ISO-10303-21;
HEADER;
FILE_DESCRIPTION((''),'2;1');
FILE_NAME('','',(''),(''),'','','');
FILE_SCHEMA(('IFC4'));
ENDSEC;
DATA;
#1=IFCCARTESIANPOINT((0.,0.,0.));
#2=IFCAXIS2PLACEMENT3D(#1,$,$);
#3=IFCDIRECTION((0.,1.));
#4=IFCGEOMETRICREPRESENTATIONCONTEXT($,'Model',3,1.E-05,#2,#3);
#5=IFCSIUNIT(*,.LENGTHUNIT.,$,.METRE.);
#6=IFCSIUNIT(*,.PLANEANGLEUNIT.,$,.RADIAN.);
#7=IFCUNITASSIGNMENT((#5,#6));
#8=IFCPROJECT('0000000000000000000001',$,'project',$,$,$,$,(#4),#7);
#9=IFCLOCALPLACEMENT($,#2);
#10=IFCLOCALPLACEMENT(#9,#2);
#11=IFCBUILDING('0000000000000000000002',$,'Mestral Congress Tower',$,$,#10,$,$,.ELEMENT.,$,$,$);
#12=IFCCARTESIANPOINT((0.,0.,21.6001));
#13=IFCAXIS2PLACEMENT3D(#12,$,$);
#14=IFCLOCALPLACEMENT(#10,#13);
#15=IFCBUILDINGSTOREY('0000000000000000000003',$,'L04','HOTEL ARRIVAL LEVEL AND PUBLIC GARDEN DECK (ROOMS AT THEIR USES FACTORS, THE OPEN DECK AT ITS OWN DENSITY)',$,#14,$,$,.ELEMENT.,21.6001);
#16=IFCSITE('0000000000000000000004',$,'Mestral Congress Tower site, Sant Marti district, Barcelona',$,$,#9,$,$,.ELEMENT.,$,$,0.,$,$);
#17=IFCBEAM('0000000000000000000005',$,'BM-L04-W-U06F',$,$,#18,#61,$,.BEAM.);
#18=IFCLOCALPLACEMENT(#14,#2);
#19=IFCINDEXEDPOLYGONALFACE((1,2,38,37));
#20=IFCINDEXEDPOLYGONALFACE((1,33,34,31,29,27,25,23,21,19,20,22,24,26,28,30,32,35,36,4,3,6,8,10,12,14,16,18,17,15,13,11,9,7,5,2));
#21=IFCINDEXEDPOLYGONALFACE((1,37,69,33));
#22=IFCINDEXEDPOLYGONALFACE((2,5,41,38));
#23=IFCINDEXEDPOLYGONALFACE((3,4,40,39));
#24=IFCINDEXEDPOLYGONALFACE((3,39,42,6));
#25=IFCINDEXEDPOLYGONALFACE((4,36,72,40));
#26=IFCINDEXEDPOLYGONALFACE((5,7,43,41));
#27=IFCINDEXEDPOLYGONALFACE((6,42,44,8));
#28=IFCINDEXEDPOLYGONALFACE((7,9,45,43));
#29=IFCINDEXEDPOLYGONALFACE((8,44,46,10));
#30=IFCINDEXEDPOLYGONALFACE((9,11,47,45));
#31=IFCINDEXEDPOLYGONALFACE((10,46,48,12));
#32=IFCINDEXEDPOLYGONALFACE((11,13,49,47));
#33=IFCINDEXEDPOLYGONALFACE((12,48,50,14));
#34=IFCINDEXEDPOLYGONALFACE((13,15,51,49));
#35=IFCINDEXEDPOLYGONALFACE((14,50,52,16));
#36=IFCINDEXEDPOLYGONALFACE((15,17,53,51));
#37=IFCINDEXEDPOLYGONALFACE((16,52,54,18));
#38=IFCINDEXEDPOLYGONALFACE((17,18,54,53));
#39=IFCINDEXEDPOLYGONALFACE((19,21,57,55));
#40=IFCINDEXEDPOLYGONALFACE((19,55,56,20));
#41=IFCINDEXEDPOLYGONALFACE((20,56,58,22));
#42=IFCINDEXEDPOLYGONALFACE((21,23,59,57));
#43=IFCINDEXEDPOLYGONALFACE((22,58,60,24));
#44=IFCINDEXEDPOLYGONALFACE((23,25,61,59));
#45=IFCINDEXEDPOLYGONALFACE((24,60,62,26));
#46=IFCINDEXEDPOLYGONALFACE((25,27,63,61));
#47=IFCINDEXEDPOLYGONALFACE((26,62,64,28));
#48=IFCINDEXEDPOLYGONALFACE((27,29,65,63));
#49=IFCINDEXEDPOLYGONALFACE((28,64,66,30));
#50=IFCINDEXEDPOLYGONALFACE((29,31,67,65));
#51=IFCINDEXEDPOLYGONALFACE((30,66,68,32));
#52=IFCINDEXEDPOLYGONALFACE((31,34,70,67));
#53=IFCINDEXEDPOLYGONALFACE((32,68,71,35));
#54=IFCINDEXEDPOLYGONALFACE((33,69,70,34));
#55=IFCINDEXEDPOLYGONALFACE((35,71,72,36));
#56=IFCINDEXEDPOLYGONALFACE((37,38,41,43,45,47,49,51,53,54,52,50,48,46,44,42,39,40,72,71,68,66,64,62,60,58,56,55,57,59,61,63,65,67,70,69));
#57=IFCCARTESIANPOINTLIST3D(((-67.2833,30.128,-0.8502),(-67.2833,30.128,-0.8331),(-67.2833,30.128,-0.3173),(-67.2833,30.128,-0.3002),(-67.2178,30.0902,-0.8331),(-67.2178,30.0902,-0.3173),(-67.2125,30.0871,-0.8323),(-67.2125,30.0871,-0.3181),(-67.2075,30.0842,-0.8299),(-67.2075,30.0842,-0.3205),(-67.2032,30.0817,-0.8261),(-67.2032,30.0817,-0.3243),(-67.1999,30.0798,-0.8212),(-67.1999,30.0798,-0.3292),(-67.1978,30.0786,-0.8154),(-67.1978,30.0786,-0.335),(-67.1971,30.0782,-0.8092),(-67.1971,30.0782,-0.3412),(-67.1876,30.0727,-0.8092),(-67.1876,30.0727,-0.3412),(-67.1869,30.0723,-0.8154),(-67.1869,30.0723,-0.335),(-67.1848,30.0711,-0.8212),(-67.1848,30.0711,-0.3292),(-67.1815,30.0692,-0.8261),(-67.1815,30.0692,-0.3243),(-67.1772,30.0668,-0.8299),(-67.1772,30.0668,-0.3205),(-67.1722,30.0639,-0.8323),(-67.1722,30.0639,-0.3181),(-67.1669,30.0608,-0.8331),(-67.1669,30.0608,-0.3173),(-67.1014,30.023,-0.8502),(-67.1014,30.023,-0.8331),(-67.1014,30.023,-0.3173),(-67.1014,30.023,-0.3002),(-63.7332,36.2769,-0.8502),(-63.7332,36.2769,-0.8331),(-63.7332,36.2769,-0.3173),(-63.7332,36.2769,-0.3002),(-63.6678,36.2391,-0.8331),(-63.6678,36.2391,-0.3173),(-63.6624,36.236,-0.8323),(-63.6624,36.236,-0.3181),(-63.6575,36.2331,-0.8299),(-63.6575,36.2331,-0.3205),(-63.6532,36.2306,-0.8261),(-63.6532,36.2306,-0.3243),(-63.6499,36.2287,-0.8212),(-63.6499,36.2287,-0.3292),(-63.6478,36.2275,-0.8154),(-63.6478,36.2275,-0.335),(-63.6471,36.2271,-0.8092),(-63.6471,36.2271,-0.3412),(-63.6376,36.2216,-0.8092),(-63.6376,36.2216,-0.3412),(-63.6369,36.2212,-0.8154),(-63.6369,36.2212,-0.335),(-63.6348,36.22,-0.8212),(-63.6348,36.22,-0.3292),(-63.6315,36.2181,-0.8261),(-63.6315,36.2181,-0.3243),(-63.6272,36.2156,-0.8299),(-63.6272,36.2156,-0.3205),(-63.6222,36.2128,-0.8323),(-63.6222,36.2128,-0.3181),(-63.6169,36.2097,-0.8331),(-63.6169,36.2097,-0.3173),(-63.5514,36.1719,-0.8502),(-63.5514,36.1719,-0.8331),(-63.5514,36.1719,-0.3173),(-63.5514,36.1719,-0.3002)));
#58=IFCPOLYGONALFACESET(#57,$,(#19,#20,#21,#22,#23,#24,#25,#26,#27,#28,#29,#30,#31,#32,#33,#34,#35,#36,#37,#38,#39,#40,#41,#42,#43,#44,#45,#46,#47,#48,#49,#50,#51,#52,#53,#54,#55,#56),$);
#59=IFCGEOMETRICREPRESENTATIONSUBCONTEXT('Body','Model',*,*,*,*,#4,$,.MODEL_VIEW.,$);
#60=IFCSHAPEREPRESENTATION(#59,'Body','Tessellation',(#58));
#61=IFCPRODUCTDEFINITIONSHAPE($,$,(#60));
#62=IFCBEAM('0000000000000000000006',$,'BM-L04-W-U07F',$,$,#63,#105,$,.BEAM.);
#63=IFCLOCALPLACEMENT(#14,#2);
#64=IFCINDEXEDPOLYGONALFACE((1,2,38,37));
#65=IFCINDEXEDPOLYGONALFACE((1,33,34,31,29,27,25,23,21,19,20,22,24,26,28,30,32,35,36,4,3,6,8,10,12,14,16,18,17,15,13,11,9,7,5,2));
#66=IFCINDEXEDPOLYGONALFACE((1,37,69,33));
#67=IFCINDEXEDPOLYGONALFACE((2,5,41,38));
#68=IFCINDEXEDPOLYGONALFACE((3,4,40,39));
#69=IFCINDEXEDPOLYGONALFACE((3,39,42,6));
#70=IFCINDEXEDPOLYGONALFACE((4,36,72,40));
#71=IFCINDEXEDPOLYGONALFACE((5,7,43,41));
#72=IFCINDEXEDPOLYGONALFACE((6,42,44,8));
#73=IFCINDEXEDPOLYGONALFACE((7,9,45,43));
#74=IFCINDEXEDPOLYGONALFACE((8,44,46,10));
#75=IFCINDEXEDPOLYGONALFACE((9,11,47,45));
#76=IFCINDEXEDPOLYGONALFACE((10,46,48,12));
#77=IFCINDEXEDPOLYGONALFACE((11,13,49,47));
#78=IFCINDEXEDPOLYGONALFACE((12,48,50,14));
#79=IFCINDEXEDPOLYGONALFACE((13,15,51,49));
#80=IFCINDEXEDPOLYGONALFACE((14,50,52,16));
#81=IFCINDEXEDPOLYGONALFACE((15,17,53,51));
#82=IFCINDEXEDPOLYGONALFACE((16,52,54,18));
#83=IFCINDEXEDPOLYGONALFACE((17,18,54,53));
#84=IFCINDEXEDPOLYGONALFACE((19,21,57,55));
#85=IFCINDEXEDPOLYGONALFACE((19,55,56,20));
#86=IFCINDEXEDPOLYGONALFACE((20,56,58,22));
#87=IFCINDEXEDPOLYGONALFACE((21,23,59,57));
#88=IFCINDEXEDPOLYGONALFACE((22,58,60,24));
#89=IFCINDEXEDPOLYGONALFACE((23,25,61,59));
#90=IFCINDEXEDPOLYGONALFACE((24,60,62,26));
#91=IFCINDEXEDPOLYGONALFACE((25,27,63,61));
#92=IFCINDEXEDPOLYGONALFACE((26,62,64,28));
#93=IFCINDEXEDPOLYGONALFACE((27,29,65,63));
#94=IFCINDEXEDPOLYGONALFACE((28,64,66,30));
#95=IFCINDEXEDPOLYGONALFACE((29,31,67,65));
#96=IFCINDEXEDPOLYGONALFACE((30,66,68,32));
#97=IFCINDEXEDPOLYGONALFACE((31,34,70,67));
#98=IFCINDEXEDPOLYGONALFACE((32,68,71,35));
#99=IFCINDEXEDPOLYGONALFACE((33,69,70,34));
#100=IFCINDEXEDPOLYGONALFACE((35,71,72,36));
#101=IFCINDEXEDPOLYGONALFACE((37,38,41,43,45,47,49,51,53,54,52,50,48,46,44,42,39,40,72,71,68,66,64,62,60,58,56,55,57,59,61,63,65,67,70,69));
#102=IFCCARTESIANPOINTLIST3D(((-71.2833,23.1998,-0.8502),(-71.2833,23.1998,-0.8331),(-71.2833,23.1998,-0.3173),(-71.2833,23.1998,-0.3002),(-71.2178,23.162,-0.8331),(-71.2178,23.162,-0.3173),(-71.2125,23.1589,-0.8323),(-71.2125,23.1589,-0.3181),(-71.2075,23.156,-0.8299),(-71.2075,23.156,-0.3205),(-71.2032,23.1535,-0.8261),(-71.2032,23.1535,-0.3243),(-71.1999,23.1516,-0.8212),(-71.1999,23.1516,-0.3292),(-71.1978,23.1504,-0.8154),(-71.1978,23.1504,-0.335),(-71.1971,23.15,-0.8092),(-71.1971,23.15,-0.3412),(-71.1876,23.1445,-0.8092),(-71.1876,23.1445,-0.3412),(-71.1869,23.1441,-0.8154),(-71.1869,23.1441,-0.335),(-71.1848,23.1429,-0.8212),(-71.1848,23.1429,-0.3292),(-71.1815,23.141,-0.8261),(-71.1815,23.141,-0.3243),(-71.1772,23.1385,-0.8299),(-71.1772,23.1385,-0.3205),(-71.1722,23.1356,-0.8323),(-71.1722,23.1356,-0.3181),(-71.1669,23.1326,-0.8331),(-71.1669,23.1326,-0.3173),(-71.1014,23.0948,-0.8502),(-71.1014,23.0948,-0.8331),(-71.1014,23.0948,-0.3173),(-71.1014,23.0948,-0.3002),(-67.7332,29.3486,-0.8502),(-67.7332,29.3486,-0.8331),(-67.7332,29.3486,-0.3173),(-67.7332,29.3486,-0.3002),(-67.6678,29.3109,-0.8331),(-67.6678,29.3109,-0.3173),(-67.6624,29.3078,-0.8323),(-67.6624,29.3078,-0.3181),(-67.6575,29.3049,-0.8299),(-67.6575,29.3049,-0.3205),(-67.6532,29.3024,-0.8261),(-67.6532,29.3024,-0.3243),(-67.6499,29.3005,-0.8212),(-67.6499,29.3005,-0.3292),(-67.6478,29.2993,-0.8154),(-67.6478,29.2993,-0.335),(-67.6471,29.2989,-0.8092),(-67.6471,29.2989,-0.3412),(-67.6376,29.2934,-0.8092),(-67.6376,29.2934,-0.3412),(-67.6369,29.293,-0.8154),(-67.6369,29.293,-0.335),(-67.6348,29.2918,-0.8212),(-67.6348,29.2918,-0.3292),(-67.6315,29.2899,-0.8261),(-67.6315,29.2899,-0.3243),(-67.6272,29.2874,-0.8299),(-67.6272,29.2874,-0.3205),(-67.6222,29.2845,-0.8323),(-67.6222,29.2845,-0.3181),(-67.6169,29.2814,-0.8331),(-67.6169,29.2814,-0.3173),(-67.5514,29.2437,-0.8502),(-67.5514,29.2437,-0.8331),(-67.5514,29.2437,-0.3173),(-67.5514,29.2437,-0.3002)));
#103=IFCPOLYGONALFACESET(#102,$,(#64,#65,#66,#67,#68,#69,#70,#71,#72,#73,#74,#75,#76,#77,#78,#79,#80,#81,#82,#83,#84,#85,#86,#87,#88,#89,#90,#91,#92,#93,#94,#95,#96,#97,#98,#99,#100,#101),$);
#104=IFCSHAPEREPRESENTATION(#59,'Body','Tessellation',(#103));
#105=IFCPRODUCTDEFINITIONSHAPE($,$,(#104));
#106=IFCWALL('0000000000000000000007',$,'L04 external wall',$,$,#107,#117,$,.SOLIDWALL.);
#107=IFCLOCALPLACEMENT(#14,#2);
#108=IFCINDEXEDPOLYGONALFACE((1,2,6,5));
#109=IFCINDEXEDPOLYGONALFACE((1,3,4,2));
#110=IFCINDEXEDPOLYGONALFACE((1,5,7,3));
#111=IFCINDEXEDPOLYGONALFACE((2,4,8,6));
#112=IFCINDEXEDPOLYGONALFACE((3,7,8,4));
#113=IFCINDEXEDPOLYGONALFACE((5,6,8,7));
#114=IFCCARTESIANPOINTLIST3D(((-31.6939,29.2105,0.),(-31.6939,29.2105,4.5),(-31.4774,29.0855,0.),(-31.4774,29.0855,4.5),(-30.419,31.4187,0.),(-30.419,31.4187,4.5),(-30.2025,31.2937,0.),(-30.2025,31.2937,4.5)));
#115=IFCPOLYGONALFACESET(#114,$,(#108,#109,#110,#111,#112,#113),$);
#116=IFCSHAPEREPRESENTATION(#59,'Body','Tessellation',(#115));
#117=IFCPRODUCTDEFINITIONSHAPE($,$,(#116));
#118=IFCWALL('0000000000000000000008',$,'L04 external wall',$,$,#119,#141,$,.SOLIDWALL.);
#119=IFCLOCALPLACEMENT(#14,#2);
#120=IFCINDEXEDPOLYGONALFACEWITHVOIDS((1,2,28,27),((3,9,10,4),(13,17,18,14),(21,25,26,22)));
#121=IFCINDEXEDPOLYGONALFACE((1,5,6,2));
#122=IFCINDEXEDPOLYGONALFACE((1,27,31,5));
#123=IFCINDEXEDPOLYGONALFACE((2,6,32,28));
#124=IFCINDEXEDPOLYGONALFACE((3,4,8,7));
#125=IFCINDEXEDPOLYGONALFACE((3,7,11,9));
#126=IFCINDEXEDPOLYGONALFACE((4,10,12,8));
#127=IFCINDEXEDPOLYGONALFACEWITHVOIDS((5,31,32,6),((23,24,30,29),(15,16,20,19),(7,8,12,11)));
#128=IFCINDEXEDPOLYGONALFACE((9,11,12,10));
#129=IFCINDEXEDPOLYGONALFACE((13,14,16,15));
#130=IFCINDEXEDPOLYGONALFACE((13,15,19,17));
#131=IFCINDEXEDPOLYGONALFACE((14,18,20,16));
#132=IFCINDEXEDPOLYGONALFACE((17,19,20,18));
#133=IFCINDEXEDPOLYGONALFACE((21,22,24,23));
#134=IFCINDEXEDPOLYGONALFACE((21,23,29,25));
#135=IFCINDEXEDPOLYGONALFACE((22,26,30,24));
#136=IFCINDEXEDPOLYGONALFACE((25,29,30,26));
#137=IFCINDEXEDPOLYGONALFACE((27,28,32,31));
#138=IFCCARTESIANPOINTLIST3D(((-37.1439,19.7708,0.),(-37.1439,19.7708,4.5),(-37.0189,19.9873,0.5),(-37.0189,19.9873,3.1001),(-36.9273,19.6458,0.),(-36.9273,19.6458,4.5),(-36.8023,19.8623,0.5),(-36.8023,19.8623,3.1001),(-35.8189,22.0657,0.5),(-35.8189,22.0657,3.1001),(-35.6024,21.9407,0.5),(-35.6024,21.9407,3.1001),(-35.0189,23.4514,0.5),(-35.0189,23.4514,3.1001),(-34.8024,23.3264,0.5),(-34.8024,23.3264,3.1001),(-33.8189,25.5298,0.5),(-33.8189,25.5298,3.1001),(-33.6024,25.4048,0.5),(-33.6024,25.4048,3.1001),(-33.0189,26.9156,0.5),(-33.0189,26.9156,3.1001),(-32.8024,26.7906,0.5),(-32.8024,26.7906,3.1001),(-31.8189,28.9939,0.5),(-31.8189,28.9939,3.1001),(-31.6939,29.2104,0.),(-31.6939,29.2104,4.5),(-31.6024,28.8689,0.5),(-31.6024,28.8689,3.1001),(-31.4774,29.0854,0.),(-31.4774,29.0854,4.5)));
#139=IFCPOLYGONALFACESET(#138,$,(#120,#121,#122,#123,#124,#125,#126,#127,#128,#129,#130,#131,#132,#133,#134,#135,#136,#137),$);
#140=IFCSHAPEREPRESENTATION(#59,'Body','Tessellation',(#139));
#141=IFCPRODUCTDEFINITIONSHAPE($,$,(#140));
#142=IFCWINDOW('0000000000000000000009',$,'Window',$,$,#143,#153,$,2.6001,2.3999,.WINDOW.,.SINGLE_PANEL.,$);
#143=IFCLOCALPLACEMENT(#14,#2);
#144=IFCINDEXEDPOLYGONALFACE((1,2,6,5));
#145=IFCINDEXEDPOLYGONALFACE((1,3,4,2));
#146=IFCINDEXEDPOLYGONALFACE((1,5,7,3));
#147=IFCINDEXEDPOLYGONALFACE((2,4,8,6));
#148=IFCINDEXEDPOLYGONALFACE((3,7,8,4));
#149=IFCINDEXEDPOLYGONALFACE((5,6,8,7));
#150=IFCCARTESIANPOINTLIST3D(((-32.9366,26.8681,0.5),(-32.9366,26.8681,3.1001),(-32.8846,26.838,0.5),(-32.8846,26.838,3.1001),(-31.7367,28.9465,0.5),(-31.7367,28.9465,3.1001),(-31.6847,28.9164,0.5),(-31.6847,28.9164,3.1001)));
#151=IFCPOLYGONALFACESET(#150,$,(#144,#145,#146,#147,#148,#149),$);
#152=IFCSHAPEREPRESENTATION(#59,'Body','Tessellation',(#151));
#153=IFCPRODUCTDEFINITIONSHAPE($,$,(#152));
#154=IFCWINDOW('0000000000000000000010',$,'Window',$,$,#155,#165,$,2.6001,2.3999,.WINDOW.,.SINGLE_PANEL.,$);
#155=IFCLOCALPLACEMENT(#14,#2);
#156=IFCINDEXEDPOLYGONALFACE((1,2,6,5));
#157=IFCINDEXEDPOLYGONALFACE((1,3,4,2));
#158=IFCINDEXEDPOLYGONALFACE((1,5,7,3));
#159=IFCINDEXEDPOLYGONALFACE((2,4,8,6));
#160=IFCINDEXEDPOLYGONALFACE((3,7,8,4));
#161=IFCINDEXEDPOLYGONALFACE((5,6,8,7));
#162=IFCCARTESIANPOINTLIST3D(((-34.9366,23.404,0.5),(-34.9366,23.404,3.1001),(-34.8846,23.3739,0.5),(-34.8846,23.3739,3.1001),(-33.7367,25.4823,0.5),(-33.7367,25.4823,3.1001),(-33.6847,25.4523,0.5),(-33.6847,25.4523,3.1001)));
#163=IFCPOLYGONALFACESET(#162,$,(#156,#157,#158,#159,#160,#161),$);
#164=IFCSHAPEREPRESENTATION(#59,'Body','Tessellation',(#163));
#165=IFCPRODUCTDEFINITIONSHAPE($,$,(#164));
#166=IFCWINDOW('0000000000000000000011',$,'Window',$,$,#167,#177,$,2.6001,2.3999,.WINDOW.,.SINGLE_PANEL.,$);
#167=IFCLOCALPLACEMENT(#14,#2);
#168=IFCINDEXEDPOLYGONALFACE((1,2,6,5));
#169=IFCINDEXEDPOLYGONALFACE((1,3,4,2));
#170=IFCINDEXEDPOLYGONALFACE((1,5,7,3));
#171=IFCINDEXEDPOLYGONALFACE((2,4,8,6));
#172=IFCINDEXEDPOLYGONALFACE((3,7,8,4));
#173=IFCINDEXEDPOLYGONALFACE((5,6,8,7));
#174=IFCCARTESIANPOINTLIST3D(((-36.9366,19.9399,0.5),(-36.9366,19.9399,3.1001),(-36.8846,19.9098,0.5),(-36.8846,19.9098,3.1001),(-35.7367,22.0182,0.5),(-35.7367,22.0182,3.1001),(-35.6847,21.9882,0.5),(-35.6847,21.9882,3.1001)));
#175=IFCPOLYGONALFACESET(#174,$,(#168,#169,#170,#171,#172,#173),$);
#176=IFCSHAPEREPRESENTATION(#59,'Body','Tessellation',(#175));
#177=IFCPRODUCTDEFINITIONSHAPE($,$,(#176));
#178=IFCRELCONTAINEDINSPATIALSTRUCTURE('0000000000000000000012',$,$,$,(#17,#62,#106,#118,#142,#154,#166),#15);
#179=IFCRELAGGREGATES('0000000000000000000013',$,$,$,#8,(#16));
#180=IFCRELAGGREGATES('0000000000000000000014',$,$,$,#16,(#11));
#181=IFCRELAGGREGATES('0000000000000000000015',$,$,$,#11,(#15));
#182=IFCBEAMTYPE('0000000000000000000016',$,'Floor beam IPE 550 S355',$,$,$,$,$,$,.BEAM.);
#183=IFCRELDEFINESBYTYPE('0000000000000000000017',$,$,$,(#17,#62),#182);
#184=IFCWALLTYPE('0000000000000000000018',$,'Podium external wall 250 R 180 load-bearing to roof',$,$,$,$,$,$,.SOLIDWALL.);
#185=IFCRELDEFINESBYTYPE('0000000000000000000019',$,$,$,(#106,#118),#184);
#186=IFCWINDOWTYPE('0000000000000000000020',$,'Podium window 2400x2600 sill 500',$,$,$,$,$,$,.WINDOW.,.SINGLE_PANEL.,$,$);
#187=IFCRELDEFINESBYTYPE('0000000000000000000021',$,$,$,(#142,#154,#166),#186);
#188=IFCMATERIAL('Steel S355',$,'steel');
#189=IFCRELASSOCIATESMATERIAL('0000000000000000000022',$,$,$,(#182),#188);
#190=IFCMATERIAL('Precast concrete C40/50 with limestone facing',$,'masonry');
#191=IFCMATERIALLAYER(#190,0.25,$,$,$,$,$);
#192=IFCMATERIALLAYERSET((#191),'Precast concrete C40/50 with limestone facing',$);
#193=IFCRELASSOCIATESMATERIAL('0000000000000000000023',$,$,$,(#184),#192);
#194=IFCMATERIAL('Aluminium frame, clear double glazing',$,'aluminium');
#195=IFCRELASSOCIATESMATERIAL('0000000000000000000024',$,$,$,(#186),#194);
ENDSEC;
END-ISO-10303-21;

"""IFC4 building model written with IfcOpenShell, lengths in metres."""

from ifc_helpers import new_model, si_unit, direction, frame, frame_2d, origin, origin_2d, place, context, subcontext, project, spatial, rectangle, i_section, extrude, material, layer, layer_set, material_profile, profile_set, type_object, element, fill, save


model = new_model("IFC4")

# Units and contexts
model_context = context("Model", 3, precision=1e-05, world=origin(), true_north=direction((0.0, 1.0)))
body_context = subcontext(model_context, "Body", "Model", "MODEL_VIEW")
ifc_project = project(units=[si_unit("LENGTHUNIT", "METRE"), si_unit("PLANEANGLEUNIT", "RADIAN")], contexts=[model_context])

# Site, building, storey
site_placement = place(None, origin())
site = spatial("IfcSite", under=ifc_project, at=site_placement, Name="Mestral Congress Tower site, Sant Marti district, Barcelona", CompositionType="ELEMENT", RefElevation=0.0)
building_placement = place(site_placement, origin())
building = spatial("IfcBuilding", under=site, at=building_placement, Name="Mestral Congress Tower", CompositionType="ELEMENT")
storey_placement = place(building_placement, frame((0.0, 0.0, 21.6001)))
storey = spatial("IfcBuildingStorey", under=building, at=storey_placement, Name="L04", Description="HOTEL ARRIVAL LEVEL AND PUBLIC GARDEN DECK (ROOMS AT THEIR USES FACTORS, THE OPEN DECK AT ITS OWN DENSITY)", CompositionType="ELEMENT", Elevation=21.6001)

# Beams
ifc_material_1 = material(Name="Steel S355", Category="steel")
ifc_material_profile = material_profile(ifc_material_1, i_section(OverallWidth=0.21, OverallDepth=0.55, WebThickness=0.011, FlangeThickness=0.0171, FilletRadius=0.0239, at=origin_2d()), Name="IPE 550")
ifc_profile_set = profile_set([ifc_material_profile], Name="Steel S355")
beam_type = type_object("IfcBeamType", Name="Floor beam IPE 550 S355", PredefinedType="BEAM", material=ifc_profile_set)
for number, where, z_axis, x_axis, name in (
    (1, (-63.6423, 36.2244, -0.5752), (-0.499996, -0.866028, 0.0), (0.866028, -0.499996, 0.0), "BM-L04-W-U06F"),
    (2, (-67.6423, 29.2961, -0.5752), (-0.499996, -0.866028, 0.0), (0.866028, -0.499996, 0.0), "BM-L04-W-U07F"),
):
    element("IfcBeam", number, at=place(storey_placement, frame(where, z_axis=z_axis, x_axis=x_axis)), inside=storey, type_object=beam_type, Name=name, PredefinedType="BEAM", context=body_context, shape_type="SweptSolid", body=[
        extrude(i_section(OverallWidth=0.21, OverallDepth=0.55, WebThickness=0.011, FlangeThickness=0.0171, FilletRadius=0.0239, at=origin_2d()), origin(), (0.0, 0.0, 1.0), 7.1001),
    ])

# Wall
ifc_material_2 = material(Name="Precast concrete C40/50 with limestone facing", Category="masonry")
ifc_layer_1 = layer(ifc_material_2, 0.25)
ifc_layer_set_1 = layer_set([ifc_layer_1], Name="Precast concrete C40/50 with limestone facing")
wall_type_1 = type_object("IfcWallType", Name="Podium external wall 250 R 180 load-bearing to roof", PredefinedType="SOLIDWALL", material=ifc_layer_set_1)
wall_1_placement = place(storey_placement, frame((-30.3108, 31.3562, 0.0), z_axis=(0.0, 0.0, 1.0), x_axis=(-0.49999, -0.866031, 0.0)))
element("IfcWall", 3, at=wall_1_placement, inside=storey, type_object=wall_type_1, Name="L04 external wall", PredefinedType="SOLIDWALL", context=body_context, shape_type="SweptSolid", body=[
    extrude(rectangle(XDim=2.5498, YDim=0.25, at=frame_2d((1.2749, 0.0))), origin(), (0.0, 0.0, 1.0), 4.5),
])

# Wall, openings, windows
wall_2_placement = place(storey_placement, frame((-31.5857, 29.1479, 0.0), z_axis=(0.0, 0.0, 1.0), x_axis=(-0.499996, -0.866028, 0.0)))
wall_2 = element("IfcWall", 4, at=wall_2_placement, inside=storey, type_object=wall_type_1, Name="L04 external wall", PredefinedType="SOLIDWALL", context=body_context, shape_type="SweptSolid", body=[
    extrude(rectangle(XDim=10.8999, YDim=0.25, at=frame_2d((5.45, 0.0))), origin(), (0.0, 0.0, 1.0), 4.5),
])
opening_1_placement = place(wall_2_placement, frame((0.25, 0.0, 0.5)))
opening_1 = element("IfcOpeningElement", 5, at=opening_1_placement, cuts=wall_2, PredefinedType="OPENING", context=body_context, shape_type="SweptSolid", body=[
    extrude(rectangle(XDim=2.3999, YDim=2.6001, at=frame_2d((1.2, 1.3))), frame((0.0, 0.135, 0.0), z_axis=(0.0, -1.0, 0.0), x_axis=(1.0, 0.0, 0.0)), (0.0, 0.0, 1.0), 0.27),
])
opening_2_placement = place(wall_2_placement, frame((4.25, 0.0, 0.5)))
opening_2 = element("IfcOpeningElement", 6, at=opening_2_placement, cuts=wall_2, PredefinedType="OPENING", context=body_context, shape_type="SweptSolid", body=[
    extrude(rectangle(XDim=2.3999, YDim=2.6001, at=frame_2d((1.2, 1.3))), frame((0.0, 0.135, 0.0), z_axis=(0.0, -1.0, 0.0), x_axis=(1.0, 0.0, 0.0)), (0.0, 0.0, 1.0), 0.27),
])
opening_3_placement = place(wall_2_placement, frame((8.25, 0.0, 0.5)))
opening_3 = element("IfcOpeningElement", 7, at=opening_3_placement, cuts=wall_2, PredefinedType="OPENING", context=body_context, shape_type="SweptSolid", body=[
    extrude(rectangle(XDim=2.3999, YDim=2.6001, at=frame_2d((1.2, 1.3))), frame((0.0, 0.135, 0.0), z_axis=(0.0, -1.0, 0.0), x_axis=(1.0, 0.0, 0.0)), (0.0, 0.0, 1.0), 0.27),
])
ifc_material_3 = material(Name="Aluminium frame, clear double glazing", Category="aluminium")
window_type = type_object("IfcWindowType", Name="Podium window 2400x2600 sill 500", PartitioningType="SINGLE_PANEL", PredefinedType="WINDOW", material=ifc_material_3)
window_1_placement = place(opening_1_placement, origin())
window_1 = element("IfcWindow", 8, at=window_1_placement, inside=storey, type_object=window_type, Name="Window", OverallHeight=2.6001, OverallWidth=2.3999, PartitioningType="SINGLE_PANEL", PredefinedType="WINDOW", context=body_context, shape_type="SweptSolid", body=[
    extrude(rectangle(XDim=2.3999, YDim=2.6001, at=frame_2d((1.2, 1.3))), frame((0.0, 0.03, 0.0), z_axis=(0.0, -1.0, 0.0), x_axis=(1.0, 0.0, 0.0)), (0.0, 0.0, 1.0), 0.0601),
])
fill(opening_1, window_1)
window_2_placement = place(opening_2_placement, origin())
window_2 = element("IfcWindow", 9, at=window_2_placement, inside=storey, type_object=window_type, Name="Window", OverallHeight=2.6001, OverallWidth=2.3999, PartitioningType="SINGLE_PANEL", PredefinedType="WINDOW", context=body_context, shape_type="SweptSolid", body=[
    extrude(rectangle(XDim=2.3999, YDim=2.6001, at=frame_2d((1.2, 1.3))), frame((0.0, 0.03, 0.0), z_axis=(0.0, -1.0, 0.0), x_axis=(1.0, 0.0, 0.0)), (0.0, 0.0, 1.0), 0.0601),
])
fill(opening_2, window_2)
window_3_placement = place(opening_3_placement, origin())
window_3 = element("IfcWindow", 10, at=window_3_placement, inside=storey, type_object=window_type, Name="Window", OverallHeight=2.6001, OverallWidth=2.3999, PartitioningType="SINGLE_PANEL", PredefinedType="WINDOW", context=body_context, shape_type="SweptSolid", body=[
    extrude(rectangle(XDim=2.3999, YDim=2.6001, at=frame_2d((1.2, 1.3))), frame((0.0, 0.03, 0.0), z_axis=(0.0, -1.0, 0.0), x_axis=(1.0, 0.0, 0.0)), (0.0, 0.0, 1.0), 0.0601),
])
fill(opening_3, window_3)

save(model, "model.ifc")
